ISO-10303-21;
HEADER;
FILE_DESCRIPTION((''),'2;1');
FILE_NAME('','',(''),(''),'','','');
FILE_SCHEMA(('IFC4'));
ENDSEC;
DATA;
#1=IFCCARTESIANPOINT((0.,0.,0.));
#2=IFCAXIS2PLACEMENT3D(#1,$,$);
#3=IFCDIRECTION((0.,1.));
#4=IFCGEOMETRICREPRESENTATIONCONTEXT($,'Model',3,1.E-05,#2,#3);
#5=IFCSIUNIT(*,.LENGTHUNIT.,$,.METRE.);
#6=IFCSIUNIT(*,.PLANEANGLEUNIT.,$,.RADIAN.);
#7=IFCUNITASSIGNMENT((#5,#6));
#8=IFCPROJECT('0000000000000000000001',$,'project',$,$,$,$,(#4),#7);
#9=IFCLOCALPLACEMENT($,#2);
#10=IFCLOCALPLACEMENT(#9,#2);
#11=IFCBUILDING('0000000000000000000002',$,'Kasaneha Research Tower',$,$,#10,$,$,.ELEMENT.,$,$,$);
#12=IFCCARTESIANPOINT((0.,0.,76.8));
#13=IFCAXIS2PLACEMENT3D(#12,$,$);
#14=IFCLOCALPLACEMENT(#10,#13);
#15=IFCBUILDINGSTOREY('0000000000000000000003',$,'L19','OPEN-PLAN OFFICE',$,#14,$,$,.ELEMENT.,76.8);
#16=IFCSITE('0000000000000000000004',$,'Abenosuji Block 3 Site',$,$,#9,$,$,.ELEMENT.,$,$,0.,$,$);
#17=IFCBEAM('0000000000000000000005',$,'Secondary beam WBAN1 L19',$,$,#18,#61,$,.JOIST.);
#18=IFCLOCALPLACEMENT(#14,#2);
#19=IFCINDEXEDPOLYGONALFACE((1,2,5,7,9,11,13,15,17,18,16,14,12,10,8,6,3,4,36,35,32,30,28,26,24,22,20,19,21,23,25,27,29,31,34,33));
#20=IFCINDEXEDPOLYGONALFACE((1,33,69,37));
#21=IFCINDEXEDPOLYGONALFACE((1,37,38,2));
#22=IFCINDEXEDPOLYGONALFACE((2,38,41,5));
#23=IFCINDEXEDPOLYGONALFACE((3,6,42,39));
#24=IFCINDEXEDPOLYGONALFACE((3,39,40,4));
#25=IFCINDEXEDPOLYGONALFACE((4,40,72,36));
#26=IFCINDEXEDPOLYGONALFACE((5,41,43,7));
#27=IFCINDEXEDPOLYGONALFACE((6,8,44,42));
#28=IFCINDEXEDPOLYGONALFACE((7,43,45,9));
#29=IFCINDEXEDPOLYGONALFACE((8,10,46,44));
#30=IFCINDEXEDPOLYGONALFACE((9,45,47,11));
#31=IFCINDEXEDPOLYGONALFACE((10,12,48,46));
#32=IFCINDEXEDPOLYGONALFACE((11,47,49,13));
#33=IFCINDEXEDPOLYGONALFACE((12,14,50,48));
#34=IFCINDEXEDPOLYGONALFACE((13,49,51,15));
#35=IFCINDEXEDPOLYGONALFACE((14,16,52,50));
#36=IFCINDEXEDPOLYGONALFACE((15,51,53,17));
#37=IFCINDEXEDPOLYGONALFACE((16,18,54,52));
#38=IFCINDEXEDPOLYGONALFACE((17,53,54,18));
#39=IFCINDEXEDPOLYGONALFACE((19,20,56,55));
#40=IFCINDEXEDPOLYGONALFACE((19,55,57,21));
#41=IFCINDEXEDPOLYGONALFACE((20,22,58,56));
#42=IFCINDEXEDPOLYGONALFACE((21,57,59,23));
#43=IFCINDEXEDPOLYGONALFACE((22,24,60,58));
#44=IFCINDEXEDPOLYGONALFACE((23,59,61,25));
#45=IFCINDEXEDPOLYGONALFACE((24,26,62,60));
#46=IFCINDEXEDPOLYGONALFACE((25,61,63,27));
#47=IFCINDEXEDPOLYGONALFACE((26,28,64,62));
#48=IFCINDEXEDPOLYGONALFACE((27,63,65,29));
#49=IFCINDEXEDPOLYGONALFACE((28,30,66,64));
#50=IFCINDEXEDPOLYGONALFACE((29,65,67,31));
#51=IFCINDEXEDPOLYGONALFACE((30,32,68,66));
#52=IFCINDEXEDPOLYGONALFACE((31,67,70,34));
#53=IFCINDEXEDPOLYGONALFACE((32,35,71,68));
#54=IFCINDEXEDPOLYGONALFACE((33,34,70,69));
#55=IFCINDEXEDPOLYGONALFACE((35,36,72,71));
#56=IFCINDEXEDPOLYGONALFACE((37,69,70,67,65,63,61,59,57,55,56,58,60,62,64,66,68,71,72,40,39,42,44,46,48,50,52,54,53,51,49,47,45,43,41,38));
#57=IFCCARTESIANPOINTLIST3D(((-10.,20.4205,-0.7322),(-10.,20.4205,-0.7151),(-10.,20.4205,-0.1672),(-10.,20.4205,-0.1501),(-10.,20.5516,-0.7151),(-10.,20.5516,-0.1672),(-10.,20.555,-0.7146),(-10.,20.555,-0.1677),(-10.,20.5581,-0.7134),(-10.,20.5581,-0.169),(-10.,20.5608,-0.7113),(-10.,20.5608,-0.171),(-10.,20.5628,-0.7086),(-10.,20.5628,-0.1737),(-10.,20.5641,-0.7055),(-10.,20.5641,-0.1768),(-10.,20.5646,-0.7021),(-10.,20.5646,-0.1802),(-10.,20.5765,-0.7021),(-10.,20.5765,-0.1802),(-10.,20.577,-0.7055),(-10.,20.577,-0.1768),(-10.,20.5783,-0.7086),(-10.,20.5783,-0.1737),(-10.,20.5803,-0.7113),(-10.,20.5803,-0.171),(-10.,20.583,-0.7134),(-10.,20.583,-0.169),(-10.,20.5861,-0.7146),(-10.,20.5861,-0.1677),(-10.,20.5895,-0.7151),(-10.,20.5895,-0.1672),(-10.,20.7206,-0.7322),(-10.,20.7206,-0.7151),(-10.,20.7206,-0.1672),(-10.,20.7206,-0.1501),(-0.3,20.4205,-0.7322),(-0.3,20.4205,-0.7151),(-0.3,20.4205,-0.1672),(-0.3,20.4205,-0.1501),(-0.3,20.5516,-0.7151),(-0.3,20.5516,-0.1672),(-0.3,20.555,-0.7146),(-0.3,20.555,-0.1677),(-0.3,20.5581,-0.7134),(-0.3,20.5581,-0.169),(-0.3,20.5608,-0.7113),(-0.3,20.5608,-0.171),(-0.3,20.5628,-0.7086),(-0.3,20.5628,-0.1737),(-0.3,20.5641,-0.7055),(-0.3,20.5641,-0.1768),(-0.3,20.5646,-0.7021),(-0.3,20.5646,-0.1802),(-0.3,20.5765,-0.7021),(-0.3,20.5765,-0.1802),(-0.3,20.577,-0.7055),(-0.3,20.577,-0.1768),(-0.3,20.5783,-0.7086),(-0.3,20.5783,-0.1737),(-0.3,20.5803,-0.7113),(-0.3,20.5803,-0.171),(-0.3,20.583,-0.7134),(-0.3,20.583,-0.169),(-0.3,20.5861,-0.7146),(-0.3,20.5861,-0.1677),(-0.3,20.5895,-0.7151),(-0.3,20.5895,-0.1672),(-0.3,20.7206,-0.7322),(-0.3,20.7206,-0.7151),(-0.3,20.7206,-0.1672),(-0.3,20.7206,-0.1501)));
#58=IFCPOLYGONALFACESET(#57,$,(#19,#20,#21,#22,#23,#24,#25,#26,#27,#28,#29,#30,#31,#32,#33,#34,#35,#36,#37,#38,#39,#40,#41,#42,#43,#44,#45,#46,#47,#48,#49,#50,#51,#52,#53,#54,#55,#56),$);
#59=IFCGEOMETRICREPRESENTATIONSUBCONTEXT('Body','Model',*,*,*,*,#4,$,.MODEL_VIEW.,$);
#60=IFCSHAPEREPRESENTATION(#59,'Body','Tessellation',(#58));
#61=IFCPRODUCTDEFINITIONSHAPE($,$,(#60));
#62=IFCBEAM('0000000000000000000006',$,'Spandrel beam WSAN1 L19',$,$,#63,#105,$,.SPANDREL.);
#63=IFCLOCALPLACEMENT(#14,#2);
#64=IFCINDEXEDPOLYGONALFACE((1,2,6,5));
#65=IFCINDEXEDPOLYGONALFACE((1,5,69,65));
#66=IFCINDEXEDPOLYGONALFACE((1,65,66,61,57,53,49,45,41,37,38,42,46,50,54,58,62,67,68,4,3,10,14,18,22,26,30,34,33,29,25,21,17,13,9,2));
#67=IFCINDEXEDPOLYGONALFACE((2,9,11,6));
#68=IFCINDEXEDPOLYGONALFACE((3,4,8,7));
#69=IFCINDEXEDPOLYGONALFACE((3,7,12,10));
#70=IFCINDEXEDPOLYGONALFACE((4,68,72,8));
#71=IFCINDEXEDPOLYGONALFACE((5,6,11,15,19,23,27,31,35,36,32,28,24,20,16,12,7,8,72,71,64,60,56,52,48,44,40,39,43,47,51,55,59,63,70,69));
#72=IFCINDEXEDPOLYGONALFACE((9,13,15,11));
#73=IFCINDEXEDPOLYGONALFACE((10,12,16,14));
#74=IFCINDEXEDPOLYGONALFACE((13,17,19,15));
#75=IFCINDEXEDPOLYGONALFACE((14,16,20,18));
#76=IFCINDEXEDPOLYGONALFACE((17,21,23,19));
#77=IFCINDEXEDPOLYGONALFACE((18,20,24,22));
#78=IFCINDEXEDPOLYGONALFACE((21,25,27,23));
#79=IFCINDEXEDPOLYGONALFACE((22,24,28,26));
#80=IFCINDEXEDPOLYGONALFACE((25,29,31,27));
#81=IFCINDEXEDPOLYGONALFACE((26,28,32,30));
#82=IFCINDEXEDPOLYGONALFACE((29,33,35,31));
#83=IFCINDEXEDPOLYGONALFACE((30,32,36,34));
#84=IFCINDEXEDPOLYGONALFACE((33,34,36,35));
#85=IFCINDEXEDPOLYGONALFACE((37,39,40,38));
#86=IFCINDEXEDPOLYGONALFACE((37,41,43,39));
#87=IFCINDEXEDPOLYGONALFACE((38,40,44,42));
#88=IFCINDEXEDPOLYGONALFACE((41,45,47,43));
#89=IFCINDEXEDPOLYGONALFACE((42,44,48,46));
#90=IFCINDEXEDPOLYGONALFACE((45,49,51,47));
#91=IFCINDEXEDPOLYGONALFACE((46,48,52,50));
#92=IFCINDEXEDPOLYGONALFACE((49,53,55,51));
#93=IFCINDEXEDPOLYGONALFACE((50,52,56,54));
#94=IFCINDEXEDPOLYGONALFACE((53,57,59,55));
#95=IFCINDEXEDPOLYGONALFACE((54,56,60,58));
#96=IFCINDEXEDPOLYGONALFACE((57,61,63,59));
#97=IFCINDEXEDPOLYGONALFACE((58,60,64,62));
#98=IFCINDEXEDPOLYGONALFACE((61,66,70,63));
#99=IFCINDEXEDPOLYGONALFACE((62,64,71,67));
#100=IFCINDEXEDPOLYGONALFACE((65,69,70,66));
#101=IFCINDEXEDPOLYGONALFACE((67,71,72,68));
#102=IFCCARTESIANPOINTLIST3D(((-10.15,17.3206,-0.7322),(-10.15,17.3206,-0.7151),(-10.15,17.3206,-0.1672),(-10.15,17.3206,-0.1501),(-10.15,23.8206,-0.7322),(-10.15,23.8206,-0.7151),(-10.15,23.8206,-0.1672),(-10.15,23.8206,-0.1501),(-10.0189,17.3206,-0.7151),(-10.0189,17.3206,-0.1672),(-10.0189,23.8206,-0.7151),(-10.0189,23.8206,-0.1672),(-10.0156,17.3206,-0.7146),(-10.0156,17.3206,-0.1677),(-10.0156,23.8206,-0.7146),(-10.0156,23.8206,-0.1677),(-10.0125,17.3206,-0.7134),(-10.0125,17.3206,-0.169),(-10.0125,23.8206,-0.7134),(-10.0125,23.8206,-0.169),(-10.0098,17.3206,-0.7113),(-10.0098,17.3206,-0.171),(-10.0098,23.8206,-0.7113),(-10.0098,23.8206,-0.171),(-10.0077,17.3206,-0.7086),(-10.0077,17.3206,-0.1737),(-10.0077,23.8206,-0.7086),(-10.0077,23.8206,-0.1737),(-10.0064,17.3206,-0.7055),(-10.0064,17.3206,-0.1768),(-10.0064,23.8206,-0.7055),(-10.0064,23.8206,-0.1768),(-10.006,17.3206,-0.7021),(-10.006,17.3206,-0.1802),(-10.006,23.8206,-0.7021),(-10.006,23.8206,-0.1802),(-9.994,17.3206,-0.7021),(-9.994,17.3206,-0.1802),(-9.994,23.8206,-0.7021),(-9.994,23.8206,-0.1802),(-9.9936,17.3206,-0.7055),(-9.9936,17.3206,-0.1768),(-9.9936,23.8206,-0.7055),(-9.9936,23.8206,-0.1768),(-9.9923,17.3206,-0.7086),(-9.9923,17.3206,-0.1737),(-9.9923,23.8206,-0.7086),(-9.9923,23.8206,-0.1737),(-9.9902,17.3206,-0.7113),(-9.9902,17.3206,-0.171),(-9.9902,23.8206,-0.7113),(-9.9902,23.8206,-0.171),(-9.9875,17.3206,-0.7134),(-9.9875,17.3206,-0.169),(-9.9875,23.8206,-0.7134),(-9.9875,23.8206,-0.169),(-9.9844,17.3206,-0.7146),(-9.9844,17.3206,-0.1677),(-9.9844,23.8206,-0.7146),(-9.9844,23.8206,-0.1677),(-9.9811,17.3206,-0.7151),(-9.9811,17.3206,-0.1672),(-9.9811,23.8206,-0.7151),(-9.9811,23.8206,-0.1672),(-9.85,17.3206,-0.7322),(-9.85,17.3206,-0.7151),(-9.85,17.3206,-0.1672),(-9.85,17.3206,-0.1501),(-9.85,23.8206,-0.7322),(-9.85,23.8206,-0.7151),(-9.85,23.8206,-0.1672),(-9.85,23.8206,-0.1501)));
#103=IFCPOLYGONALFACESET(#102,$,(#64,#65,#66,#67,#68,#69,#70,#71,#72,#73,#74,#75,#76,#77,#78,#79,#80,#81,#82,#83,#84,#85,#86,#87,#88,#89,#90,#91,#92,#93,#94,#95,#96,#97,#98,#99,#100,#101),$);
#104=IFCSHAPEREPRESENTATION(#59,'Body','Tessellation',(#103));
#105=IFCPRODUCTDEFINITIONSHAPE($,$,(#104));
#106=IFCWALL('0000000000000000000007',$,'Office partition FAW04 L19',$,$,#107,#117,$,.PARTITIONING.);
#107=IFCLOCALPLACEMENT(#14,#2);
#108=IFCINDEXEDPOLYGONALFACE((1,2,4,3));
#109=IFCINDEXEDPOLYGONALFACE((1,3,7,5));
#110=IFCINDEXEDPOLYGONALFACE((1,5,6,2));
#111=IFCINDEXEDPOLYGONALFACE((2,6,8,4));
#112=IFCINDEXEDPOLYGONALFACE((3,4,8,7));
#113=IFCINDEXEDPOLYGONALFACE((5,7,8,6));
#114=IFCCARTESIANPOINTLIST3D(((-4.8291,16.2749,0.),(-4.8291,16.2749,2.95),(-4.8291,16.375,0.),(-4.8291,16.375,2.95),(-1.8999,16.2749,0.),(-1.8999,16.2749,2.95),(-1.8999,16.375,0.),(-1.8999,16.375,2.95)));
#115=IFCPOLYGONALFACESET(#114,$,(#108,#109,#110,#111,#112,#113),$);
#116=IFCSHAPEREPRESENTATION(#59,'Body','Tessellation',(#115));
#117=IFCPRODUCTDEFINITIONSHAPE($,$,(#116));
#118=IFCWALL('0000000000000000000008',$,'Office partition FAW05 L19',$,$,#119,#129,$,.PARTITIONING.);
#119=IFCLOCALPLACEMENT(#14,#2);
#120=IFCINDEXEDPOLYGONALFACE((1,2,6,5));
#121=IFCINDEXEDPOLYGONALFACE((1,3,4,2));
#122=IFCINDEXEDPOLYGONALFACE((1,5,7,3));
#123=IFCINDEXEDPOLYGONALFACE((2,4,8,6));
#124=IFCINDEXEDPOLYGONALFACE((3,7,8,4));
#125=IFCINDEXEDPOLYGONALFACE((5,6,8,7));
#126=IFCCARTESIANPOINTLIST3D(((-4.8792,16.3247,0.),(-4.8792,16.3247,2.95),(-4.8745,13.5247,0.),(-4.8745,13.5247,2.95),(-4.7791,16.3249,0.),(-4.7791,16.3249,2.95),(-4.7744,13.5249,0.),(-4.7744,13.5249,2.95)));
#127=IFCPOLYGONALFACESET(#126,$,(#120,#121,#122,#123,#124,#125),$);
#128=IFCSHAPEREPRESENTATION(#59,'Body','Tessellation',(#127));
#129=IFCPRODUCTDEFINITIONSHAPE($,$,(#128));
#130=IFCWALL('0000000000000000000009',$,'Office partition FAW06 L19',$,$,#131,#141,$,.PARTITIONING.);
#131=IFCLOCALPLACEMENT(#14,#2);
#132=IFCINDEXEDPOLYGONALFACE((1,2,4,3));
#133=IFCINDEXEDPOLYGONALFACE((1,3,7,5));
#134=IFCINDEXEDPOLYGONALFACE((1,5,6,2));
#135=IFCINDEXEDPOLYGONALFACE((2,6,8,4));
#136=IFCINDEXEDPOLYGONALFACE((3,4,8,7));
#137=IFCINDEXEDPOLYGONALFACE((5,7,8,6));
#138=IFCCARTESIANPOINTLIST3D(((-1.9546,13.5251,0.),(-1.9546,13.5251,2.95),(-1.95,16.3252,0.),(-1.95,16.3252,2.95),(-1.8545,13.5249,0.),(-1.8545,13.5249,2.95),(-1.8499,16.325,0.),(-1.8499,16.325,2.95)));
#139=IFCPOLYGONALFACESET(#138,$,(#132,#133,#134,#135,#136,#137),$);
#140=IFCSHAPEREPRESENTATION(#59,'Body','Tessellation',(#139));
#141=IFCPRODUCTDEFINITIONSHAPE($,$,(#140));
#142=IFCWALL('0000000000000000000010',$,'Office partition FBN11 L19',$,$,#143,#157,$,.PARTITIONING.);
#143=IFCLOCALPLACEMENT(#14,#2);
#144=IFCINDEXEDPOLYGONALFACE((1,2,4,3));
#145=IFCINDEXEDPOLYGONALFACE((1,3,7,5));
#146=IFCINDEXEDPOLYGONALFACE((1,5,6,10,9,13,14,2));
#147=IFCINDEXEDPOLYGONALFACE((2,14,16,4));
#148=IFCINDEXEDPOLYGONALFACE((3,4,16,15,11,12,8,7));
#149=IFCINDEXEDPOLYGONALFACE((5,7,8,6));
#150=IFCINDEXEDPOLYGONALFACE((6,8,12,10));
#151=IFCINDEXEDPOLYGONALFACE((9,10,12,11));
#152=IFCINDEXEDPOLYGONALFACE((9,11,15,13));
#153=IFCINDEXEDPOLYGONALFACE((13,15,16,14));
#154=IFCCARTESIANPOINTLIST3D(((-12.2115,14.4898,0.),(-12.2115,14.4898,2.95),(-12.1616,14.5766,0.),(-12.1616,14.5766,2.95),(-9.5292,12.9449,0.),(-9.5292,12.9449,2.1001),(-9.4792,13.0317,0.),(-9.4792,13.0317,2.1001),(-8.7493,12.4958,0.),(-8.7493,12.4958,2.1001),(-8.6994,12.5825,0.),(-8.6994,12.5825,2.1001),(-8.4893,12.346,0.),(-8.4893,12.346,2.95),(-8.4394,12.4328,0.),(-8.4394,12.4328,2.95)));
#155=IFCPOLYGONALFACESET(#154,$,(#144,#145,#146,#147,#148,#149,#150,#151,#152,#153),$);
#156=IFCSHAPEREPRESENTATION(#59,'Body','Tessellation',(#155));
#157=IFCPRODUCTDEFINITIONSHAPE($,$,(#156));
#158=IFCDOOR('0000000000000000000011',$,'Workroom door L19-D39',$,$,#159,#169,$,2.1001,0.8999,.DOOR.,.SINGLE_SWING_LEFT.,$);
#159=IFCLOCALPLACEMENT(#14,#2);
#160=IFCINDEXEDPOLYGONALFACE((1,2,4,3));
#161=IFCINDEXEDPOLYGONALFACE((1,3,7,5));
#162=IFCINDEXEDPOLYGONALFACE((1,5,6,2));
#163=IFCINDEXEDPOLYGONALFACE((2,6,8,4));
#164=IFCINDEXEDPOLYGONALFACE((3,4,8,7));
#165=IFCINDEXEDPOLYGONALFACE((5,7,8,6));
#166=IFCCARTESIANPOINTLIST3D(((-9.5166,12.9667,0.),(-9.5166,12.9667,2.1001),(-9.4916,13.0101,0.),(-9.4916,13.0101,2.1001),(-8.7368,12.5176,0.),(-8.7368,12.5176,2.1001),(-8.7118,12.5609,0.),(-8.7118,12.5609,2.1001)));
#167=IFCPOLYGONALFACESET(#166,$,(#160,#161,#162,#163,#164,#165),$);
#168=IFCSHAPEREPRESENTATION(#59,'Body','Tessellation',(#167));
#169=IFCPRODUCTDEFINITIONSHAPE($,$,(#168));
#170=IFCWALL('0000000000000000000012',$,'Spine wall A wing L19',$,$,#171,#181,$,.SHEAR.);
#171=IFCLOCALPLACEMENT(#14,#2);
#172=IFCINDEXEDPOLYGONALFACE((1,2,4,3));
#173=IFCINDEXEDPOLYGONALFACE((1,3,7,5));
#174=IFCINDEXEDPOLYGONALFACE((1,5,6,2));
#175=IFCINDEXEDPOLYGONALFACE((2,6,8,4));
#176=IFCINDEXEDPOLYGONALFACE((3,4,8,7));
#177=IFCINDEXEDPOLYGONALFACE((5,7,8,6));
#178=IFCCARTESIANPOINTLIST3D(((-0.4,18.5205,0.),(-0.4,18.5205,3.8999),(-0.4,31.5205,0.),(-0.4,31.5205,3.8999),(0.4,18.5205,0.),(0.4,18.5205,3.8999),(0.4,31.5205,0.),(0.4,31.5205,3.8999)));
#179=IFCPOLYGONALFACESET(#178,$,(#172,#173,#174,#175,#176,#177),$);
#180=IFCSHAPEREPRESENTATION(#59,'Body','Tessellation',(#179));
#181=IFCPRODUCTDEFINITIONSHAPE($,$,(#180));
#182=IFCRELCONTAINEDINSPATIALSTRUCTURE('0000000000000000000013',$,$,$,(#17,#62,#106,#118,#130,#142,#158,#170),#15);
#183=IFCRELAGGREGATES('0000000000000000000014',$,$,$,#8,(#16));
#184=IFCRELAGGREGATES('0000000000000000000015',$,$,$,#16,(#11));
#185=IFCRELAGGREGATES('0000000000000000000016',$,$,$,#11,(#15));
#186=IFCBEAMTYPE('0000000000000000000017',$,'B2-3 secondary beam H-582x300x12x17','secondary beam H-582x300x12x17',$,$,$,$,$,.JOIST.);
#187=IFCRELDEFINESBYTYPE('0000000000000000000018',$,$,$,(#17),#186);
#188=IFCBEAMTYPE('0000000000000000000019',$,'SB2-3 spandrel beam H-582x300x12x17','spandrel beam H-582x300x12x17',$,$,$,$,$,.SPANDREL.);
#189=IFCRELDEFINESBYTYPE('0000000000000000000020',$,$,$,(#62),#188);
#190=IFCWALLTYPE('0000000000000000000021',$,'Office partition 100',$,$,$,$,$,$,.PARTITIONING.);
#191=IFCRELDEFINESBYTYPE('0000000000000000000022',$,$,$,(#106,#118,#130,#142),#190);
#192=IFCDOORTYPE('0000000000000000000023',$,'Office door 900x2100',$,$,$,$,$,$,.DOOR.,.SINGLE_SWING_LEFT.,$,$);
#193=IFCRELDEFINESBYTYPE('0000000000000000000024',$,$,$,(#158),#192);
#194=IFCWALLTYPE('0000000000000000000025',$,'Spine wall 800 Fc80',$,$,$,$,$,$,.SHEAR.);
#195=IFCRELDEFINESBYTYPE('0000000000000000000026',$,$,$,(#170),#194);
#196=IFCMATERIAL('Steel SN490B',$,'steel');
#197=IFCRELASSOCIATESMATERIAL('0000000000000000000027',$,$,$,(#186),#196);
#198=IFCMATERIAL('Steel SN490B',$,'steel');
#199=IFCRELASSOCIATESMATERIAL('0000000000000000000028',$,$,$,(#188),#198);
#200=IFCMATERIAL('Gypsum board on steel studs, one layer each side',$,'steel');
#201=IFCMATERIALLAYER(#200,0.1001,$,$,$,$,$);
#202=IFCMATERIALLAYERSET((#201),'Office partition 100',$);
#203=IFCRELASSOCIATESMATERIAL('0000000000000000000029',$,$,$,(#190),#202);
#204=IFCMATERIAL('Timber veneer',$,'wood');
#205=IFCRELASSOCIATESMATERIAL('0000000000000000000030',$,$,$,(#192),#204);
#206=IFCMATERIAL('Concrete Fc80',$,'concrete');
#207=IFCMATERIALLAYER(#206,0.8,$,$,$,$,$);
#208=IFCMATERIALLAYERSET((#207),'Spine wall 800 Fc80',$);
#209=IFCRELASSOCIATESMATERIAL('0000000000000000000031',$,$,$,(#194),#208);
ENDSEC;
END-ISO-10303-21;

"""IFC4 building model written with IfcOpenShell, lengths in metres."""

from ifc_helpers import new_model, si_unit, direction, frame, frame_2d, origin, origin_2d, place, context, subcontext, project, spatial, rectangle, i_section, extrude, material, layer, layer_set, material_profile, profile_set, type_object, element, fill, save


model = new_model("IFC4")

# Units and contexts
model_context = context("Model", 3, precision=1e-05, world=origin(), true_north=direction((0.0, 1.0)))
body_context = subcontext(model_context, "Body", "Model", "MODEL_VIEW")
ifc_project = project(units=[si_unit("LENGTHUNIT", "METRE"), si_unit("PLANEANGLEUNIT", "RADIAN")], contexts=[model_context])

# Site, building, storey
site_placement = place(None, origin())
site = spatial("IfcSite", under=ifc_project, at=site_placement, Name="Abenosuji Block 3 Site", CompositionType="ELEMENT", RefElevation=0.0)
building_placement = place(site_placement, origin())
building = spatial("IfcBuilding", under=site, at=building_placement, Name="Kasaneha Research Tower", CompositionType="ELEMENT")
storey_placement = place(building_placement, frame((0.0, 0.0, 76.8)))
storey = spatial("IfcBuildingStorey", under=building, at=storey_placement, Name="L19", Description="OPEN-PLAN OFFICE", CompositionType="ELEMENT", Elevation=76.8)

# Beams
ifc_material_1 = material(Name="Steel SN490B", Category="steel")
ifc_material_profile_1 = material_profile(ifc_material_1, i_section(OverallWidth=0.3, OverallDepth=0.582, WebThickness=0.012, FlangeThickness=0.0171, FilletRadius=0.0129, at=origin_2d()), Name="H-582x300x12x17")
ifc_profile_set_1 = profile_set([ifc_material_profile_1], Name="Steel SN490B")
beam_type_1 = type_object("IfcBeamType", Name="B2-3 secondary beam H-582x300x12x17", Description="secondary beam H-582x300x12x17", PredefinedType="JOIST", material=ifc_profile_set_1)
beam_1_placement = place(storey_placement, frame((-10.0, 20.5706, -0.4412), z_axis=(1.0, 0.0, 0.0), x_axis=(0.0, 1.0, 0.0)))
element("IfcBeam", 1, at=beam_1_placement, inside=storey, type_object=beam_type_1, Name="Secondary beam WBAN1 L19", PredefinedType="JOIST", context=body_context, shape_type="SweptSolid", body=[
    extrude(i_section(OverallWidth=0.3, OverallDepth=0.582, WebThickness=0.012, FlangeThickness=0.0171, FilletRadius=0.0129, at=origin_2d()), origin(), (0.0, 0.0, 1.0), 9.7),
])
ifc_material_2 = material(Name="Steel SN490B", Category="steel")
ifc_material_profile_2 = material_profile(ifc_material_2, i_section(OverallWidth=0.3, OverallDepth=0.582, WebThickness=0.012, FlangeThickness=0.0171, FilletRadius=0.0129, at=origin_2d()), Name="H-582x300x12x17")
ifc_profile_set_2 = profile_set([ifc_material_profile_2], Name="Steel SN490B")
beam_type_2 = type_object("IfcBeamType", Name="SB2-3 spandrel beam H-582x300x12x17", Description="spandrel beam H-582x300x12x17", PredefinedType="SPANDREL", material=ifc_profile_set_2)
beam_2_placement = place(storey_placement, frame((-10.0, 17.3206, -0.4412), z_axis=(0.0, 1.0, 0.0), x_axis=(-1.0, 0.0, 0.0)))
element("IfcBeam", 2, at=beam_2_placement, inside=storey, type_object=beam_type_2, Name="Spandrel beam WSAN1 L19", PredefinedType="SPANDREL", context=body_context, shape_type="SweptSolid", body=[
    extrude(i_section(OverallWidth=0.3, OverallDepth=0.582, WebThickness=0.012, FlangeThickness=0.0171, FilletRadius=0.0129, at=origin_2d()), origin(), (0.0, 0.0, 1.0), 6.5),
])

# Walls
ifc_material_3 = material(Name="Gypsum board on steel studs, one layer each side", Category="steel")
ifc_layer_1 = layer(ifc_material_3, 0.1001)
ifc_layer_set_1 = layer_set([ifc_layer_1], Name="Office partition 100")
wall_type_1 = type_object("IfcWallType", Name="Office partition 100", PredefinedType="PARTITIONING", material=ifc_layer_set_1)
wall_1_placement = place(storey_placement, frame((-4.8291, 16.325, 0.0), z_axis=(0.0, 0.0, 1.0), x_axis=(1.0, 0.0, 0.0)))
element("IfcWall", 3, at=wall_1_placement, inside=storey, type_object=wall_type_1, Name="Office partition FAW04 L19", PredefinedType="PARTITIONING", context=body_context, shape_type="SweptSolid", body=[
    extrude(rectangle(XDim=2.9292, YDim=0.1001, at=frame_2d((1.4646, 0.0))), origin(), (0.0, 0.0, 1.0), 2.95),
])
for number, where, z_axis, x_axis, name in (
    (4, (-4.8245, 13.5249, 0.0), (0.0, 0.0, 1.0), (-0.001657, 0.999999, 0.0), "Office partition FAW05 L19"),
    (5, (-1.8999, 16.325, 0.0), (0.0, 0.0, 1.0), (-0.001657, -0.999999, 0.0), "Office partition FAW06 L19"),
):
    element("IfcWall", number, at=place(storey_placement, frame(where, z_axis=z_axis, x_axis=x_axis)), inside=storey, type_object=wall_type_1, Name=name, PredefinedType="PARTITIONING", context=body_context, shape_type="SweptSolid", body=[
        extrude(rectangle(XDim=2.8, YDim=0.1001, at=frame_2d((1.3999, 0.0))), origin(), (0.0, 0.0, 1.0), 2.95),
    ])

# Wall, opening, door
wall_2_placement = place(storey_placement, frame((-8.4644, 12.3894, 0.0), z_axis=(0.0, 0.0, 1.0), x_axis=(-0.866549, 0.499093, 0.0)))
wall_2 = element("IfcWall", 6, at=wall_2_placement, inside=storey, type_object=wall_type_1, Name="Office partition FBN11 L19", PredefinedType="PARTITIONING", context=body_context, shape_type="SweptSolid", body=[
    extrude(rectangle(XDim=4.2954, YDim=0.1001, at=frame_2d((2.1477, 0.0))), origin(), (0.0, 0.0, 1.0), 2.95),
])
opening_1_placement = place(wall_2_placement, frame((0.3, 0.0, 0.0)))
opening_1 = element("IfcOpeningElement", 7, at=opening_1_placement, cuts=wall_2, PredefinedType="OPENING", context=body_context, shape_type="SweptSolid", body=[
    extrude(rectangle(XDim=0.8999, YDim=2.1001, at=frame_2d((0.45, 1.05))), frame((0.0, 0.0601, 0.0), z_axis=(0.0, -1.0, 0.0), x_axis=(1.0, 0.0, 0.0)), (0.0, 0.0, 1.0), 0.1201),
])
ifc_material_4 = material(Name="Timber veneer", Category="wood")
door_type_1 = type_object("IfcDoorType", Name="Office door 900x2100", OperationType="SINGLE_SWING_LEFT", PredefinedType="DOOR", material=ifc_material_4)
door_1_placement = place(opening_1_placement, origin())
door_1 = element("IfcDoor", 8, at=door_1_placement, inside=storey, type_object=door_type_1, Name="Workroom door L19-D39", OperationType="SINGLE_SWING_LEFT", OverallHeight=2.1001, OverallWidth=0.8999, PredefinedType="DOOR", context=body_context, shape_type="SweptSolid", body=[
    extrude(rectangle(XDim=0.8999, YDim=2.1001, at=frame_2d((0.45, 1.05))), frame((0.0, 0.0249, 0.0), z_axis=(0.0, -1.0, 0.0), x_axis=(1.0, 0.0, 0.0)), (0.0, 0.0, 1.0), 0.05),
])
fill(opening_1, door_1)

# Wall
ifc_material_5 = material(Name="Concrete Fc80", Category="concrete")
ifc_layer_2 = layer(ifc_material_5, 0.8)
ifc_layer_set_2 = layer_set([ifc_layer_2], Name="Spine wall 800 Fc80")
wall_type_2 = type_object("IfcWallType", Name="Spine wall 800 Fc80", PredefinedType="SHEAR", material=ifc_layer_set_2)
wall_3_placement = place(storey_placement, frame((0.0, 18.5205, 0.0), z_axis=(0.0, 0.0, 1.0), x_axis=(0.0, 1.0, 0.0)))
element("IfcWall", 9, at=wall_3_placement, inside=storey, type_object=wall_type_2, Name="Spine wall A wing L19", PredefinedType="SHEAR", context=body_context, shape_type="SweptSolid", body=[
    extrude(rectangle(XDim=13.0, YDim=0.8, at=frame_2d((6.5, 0.0))), origin(), (0.0, 0.0, 1.0), 3.8999),
])

save(model, "model.ifc")
